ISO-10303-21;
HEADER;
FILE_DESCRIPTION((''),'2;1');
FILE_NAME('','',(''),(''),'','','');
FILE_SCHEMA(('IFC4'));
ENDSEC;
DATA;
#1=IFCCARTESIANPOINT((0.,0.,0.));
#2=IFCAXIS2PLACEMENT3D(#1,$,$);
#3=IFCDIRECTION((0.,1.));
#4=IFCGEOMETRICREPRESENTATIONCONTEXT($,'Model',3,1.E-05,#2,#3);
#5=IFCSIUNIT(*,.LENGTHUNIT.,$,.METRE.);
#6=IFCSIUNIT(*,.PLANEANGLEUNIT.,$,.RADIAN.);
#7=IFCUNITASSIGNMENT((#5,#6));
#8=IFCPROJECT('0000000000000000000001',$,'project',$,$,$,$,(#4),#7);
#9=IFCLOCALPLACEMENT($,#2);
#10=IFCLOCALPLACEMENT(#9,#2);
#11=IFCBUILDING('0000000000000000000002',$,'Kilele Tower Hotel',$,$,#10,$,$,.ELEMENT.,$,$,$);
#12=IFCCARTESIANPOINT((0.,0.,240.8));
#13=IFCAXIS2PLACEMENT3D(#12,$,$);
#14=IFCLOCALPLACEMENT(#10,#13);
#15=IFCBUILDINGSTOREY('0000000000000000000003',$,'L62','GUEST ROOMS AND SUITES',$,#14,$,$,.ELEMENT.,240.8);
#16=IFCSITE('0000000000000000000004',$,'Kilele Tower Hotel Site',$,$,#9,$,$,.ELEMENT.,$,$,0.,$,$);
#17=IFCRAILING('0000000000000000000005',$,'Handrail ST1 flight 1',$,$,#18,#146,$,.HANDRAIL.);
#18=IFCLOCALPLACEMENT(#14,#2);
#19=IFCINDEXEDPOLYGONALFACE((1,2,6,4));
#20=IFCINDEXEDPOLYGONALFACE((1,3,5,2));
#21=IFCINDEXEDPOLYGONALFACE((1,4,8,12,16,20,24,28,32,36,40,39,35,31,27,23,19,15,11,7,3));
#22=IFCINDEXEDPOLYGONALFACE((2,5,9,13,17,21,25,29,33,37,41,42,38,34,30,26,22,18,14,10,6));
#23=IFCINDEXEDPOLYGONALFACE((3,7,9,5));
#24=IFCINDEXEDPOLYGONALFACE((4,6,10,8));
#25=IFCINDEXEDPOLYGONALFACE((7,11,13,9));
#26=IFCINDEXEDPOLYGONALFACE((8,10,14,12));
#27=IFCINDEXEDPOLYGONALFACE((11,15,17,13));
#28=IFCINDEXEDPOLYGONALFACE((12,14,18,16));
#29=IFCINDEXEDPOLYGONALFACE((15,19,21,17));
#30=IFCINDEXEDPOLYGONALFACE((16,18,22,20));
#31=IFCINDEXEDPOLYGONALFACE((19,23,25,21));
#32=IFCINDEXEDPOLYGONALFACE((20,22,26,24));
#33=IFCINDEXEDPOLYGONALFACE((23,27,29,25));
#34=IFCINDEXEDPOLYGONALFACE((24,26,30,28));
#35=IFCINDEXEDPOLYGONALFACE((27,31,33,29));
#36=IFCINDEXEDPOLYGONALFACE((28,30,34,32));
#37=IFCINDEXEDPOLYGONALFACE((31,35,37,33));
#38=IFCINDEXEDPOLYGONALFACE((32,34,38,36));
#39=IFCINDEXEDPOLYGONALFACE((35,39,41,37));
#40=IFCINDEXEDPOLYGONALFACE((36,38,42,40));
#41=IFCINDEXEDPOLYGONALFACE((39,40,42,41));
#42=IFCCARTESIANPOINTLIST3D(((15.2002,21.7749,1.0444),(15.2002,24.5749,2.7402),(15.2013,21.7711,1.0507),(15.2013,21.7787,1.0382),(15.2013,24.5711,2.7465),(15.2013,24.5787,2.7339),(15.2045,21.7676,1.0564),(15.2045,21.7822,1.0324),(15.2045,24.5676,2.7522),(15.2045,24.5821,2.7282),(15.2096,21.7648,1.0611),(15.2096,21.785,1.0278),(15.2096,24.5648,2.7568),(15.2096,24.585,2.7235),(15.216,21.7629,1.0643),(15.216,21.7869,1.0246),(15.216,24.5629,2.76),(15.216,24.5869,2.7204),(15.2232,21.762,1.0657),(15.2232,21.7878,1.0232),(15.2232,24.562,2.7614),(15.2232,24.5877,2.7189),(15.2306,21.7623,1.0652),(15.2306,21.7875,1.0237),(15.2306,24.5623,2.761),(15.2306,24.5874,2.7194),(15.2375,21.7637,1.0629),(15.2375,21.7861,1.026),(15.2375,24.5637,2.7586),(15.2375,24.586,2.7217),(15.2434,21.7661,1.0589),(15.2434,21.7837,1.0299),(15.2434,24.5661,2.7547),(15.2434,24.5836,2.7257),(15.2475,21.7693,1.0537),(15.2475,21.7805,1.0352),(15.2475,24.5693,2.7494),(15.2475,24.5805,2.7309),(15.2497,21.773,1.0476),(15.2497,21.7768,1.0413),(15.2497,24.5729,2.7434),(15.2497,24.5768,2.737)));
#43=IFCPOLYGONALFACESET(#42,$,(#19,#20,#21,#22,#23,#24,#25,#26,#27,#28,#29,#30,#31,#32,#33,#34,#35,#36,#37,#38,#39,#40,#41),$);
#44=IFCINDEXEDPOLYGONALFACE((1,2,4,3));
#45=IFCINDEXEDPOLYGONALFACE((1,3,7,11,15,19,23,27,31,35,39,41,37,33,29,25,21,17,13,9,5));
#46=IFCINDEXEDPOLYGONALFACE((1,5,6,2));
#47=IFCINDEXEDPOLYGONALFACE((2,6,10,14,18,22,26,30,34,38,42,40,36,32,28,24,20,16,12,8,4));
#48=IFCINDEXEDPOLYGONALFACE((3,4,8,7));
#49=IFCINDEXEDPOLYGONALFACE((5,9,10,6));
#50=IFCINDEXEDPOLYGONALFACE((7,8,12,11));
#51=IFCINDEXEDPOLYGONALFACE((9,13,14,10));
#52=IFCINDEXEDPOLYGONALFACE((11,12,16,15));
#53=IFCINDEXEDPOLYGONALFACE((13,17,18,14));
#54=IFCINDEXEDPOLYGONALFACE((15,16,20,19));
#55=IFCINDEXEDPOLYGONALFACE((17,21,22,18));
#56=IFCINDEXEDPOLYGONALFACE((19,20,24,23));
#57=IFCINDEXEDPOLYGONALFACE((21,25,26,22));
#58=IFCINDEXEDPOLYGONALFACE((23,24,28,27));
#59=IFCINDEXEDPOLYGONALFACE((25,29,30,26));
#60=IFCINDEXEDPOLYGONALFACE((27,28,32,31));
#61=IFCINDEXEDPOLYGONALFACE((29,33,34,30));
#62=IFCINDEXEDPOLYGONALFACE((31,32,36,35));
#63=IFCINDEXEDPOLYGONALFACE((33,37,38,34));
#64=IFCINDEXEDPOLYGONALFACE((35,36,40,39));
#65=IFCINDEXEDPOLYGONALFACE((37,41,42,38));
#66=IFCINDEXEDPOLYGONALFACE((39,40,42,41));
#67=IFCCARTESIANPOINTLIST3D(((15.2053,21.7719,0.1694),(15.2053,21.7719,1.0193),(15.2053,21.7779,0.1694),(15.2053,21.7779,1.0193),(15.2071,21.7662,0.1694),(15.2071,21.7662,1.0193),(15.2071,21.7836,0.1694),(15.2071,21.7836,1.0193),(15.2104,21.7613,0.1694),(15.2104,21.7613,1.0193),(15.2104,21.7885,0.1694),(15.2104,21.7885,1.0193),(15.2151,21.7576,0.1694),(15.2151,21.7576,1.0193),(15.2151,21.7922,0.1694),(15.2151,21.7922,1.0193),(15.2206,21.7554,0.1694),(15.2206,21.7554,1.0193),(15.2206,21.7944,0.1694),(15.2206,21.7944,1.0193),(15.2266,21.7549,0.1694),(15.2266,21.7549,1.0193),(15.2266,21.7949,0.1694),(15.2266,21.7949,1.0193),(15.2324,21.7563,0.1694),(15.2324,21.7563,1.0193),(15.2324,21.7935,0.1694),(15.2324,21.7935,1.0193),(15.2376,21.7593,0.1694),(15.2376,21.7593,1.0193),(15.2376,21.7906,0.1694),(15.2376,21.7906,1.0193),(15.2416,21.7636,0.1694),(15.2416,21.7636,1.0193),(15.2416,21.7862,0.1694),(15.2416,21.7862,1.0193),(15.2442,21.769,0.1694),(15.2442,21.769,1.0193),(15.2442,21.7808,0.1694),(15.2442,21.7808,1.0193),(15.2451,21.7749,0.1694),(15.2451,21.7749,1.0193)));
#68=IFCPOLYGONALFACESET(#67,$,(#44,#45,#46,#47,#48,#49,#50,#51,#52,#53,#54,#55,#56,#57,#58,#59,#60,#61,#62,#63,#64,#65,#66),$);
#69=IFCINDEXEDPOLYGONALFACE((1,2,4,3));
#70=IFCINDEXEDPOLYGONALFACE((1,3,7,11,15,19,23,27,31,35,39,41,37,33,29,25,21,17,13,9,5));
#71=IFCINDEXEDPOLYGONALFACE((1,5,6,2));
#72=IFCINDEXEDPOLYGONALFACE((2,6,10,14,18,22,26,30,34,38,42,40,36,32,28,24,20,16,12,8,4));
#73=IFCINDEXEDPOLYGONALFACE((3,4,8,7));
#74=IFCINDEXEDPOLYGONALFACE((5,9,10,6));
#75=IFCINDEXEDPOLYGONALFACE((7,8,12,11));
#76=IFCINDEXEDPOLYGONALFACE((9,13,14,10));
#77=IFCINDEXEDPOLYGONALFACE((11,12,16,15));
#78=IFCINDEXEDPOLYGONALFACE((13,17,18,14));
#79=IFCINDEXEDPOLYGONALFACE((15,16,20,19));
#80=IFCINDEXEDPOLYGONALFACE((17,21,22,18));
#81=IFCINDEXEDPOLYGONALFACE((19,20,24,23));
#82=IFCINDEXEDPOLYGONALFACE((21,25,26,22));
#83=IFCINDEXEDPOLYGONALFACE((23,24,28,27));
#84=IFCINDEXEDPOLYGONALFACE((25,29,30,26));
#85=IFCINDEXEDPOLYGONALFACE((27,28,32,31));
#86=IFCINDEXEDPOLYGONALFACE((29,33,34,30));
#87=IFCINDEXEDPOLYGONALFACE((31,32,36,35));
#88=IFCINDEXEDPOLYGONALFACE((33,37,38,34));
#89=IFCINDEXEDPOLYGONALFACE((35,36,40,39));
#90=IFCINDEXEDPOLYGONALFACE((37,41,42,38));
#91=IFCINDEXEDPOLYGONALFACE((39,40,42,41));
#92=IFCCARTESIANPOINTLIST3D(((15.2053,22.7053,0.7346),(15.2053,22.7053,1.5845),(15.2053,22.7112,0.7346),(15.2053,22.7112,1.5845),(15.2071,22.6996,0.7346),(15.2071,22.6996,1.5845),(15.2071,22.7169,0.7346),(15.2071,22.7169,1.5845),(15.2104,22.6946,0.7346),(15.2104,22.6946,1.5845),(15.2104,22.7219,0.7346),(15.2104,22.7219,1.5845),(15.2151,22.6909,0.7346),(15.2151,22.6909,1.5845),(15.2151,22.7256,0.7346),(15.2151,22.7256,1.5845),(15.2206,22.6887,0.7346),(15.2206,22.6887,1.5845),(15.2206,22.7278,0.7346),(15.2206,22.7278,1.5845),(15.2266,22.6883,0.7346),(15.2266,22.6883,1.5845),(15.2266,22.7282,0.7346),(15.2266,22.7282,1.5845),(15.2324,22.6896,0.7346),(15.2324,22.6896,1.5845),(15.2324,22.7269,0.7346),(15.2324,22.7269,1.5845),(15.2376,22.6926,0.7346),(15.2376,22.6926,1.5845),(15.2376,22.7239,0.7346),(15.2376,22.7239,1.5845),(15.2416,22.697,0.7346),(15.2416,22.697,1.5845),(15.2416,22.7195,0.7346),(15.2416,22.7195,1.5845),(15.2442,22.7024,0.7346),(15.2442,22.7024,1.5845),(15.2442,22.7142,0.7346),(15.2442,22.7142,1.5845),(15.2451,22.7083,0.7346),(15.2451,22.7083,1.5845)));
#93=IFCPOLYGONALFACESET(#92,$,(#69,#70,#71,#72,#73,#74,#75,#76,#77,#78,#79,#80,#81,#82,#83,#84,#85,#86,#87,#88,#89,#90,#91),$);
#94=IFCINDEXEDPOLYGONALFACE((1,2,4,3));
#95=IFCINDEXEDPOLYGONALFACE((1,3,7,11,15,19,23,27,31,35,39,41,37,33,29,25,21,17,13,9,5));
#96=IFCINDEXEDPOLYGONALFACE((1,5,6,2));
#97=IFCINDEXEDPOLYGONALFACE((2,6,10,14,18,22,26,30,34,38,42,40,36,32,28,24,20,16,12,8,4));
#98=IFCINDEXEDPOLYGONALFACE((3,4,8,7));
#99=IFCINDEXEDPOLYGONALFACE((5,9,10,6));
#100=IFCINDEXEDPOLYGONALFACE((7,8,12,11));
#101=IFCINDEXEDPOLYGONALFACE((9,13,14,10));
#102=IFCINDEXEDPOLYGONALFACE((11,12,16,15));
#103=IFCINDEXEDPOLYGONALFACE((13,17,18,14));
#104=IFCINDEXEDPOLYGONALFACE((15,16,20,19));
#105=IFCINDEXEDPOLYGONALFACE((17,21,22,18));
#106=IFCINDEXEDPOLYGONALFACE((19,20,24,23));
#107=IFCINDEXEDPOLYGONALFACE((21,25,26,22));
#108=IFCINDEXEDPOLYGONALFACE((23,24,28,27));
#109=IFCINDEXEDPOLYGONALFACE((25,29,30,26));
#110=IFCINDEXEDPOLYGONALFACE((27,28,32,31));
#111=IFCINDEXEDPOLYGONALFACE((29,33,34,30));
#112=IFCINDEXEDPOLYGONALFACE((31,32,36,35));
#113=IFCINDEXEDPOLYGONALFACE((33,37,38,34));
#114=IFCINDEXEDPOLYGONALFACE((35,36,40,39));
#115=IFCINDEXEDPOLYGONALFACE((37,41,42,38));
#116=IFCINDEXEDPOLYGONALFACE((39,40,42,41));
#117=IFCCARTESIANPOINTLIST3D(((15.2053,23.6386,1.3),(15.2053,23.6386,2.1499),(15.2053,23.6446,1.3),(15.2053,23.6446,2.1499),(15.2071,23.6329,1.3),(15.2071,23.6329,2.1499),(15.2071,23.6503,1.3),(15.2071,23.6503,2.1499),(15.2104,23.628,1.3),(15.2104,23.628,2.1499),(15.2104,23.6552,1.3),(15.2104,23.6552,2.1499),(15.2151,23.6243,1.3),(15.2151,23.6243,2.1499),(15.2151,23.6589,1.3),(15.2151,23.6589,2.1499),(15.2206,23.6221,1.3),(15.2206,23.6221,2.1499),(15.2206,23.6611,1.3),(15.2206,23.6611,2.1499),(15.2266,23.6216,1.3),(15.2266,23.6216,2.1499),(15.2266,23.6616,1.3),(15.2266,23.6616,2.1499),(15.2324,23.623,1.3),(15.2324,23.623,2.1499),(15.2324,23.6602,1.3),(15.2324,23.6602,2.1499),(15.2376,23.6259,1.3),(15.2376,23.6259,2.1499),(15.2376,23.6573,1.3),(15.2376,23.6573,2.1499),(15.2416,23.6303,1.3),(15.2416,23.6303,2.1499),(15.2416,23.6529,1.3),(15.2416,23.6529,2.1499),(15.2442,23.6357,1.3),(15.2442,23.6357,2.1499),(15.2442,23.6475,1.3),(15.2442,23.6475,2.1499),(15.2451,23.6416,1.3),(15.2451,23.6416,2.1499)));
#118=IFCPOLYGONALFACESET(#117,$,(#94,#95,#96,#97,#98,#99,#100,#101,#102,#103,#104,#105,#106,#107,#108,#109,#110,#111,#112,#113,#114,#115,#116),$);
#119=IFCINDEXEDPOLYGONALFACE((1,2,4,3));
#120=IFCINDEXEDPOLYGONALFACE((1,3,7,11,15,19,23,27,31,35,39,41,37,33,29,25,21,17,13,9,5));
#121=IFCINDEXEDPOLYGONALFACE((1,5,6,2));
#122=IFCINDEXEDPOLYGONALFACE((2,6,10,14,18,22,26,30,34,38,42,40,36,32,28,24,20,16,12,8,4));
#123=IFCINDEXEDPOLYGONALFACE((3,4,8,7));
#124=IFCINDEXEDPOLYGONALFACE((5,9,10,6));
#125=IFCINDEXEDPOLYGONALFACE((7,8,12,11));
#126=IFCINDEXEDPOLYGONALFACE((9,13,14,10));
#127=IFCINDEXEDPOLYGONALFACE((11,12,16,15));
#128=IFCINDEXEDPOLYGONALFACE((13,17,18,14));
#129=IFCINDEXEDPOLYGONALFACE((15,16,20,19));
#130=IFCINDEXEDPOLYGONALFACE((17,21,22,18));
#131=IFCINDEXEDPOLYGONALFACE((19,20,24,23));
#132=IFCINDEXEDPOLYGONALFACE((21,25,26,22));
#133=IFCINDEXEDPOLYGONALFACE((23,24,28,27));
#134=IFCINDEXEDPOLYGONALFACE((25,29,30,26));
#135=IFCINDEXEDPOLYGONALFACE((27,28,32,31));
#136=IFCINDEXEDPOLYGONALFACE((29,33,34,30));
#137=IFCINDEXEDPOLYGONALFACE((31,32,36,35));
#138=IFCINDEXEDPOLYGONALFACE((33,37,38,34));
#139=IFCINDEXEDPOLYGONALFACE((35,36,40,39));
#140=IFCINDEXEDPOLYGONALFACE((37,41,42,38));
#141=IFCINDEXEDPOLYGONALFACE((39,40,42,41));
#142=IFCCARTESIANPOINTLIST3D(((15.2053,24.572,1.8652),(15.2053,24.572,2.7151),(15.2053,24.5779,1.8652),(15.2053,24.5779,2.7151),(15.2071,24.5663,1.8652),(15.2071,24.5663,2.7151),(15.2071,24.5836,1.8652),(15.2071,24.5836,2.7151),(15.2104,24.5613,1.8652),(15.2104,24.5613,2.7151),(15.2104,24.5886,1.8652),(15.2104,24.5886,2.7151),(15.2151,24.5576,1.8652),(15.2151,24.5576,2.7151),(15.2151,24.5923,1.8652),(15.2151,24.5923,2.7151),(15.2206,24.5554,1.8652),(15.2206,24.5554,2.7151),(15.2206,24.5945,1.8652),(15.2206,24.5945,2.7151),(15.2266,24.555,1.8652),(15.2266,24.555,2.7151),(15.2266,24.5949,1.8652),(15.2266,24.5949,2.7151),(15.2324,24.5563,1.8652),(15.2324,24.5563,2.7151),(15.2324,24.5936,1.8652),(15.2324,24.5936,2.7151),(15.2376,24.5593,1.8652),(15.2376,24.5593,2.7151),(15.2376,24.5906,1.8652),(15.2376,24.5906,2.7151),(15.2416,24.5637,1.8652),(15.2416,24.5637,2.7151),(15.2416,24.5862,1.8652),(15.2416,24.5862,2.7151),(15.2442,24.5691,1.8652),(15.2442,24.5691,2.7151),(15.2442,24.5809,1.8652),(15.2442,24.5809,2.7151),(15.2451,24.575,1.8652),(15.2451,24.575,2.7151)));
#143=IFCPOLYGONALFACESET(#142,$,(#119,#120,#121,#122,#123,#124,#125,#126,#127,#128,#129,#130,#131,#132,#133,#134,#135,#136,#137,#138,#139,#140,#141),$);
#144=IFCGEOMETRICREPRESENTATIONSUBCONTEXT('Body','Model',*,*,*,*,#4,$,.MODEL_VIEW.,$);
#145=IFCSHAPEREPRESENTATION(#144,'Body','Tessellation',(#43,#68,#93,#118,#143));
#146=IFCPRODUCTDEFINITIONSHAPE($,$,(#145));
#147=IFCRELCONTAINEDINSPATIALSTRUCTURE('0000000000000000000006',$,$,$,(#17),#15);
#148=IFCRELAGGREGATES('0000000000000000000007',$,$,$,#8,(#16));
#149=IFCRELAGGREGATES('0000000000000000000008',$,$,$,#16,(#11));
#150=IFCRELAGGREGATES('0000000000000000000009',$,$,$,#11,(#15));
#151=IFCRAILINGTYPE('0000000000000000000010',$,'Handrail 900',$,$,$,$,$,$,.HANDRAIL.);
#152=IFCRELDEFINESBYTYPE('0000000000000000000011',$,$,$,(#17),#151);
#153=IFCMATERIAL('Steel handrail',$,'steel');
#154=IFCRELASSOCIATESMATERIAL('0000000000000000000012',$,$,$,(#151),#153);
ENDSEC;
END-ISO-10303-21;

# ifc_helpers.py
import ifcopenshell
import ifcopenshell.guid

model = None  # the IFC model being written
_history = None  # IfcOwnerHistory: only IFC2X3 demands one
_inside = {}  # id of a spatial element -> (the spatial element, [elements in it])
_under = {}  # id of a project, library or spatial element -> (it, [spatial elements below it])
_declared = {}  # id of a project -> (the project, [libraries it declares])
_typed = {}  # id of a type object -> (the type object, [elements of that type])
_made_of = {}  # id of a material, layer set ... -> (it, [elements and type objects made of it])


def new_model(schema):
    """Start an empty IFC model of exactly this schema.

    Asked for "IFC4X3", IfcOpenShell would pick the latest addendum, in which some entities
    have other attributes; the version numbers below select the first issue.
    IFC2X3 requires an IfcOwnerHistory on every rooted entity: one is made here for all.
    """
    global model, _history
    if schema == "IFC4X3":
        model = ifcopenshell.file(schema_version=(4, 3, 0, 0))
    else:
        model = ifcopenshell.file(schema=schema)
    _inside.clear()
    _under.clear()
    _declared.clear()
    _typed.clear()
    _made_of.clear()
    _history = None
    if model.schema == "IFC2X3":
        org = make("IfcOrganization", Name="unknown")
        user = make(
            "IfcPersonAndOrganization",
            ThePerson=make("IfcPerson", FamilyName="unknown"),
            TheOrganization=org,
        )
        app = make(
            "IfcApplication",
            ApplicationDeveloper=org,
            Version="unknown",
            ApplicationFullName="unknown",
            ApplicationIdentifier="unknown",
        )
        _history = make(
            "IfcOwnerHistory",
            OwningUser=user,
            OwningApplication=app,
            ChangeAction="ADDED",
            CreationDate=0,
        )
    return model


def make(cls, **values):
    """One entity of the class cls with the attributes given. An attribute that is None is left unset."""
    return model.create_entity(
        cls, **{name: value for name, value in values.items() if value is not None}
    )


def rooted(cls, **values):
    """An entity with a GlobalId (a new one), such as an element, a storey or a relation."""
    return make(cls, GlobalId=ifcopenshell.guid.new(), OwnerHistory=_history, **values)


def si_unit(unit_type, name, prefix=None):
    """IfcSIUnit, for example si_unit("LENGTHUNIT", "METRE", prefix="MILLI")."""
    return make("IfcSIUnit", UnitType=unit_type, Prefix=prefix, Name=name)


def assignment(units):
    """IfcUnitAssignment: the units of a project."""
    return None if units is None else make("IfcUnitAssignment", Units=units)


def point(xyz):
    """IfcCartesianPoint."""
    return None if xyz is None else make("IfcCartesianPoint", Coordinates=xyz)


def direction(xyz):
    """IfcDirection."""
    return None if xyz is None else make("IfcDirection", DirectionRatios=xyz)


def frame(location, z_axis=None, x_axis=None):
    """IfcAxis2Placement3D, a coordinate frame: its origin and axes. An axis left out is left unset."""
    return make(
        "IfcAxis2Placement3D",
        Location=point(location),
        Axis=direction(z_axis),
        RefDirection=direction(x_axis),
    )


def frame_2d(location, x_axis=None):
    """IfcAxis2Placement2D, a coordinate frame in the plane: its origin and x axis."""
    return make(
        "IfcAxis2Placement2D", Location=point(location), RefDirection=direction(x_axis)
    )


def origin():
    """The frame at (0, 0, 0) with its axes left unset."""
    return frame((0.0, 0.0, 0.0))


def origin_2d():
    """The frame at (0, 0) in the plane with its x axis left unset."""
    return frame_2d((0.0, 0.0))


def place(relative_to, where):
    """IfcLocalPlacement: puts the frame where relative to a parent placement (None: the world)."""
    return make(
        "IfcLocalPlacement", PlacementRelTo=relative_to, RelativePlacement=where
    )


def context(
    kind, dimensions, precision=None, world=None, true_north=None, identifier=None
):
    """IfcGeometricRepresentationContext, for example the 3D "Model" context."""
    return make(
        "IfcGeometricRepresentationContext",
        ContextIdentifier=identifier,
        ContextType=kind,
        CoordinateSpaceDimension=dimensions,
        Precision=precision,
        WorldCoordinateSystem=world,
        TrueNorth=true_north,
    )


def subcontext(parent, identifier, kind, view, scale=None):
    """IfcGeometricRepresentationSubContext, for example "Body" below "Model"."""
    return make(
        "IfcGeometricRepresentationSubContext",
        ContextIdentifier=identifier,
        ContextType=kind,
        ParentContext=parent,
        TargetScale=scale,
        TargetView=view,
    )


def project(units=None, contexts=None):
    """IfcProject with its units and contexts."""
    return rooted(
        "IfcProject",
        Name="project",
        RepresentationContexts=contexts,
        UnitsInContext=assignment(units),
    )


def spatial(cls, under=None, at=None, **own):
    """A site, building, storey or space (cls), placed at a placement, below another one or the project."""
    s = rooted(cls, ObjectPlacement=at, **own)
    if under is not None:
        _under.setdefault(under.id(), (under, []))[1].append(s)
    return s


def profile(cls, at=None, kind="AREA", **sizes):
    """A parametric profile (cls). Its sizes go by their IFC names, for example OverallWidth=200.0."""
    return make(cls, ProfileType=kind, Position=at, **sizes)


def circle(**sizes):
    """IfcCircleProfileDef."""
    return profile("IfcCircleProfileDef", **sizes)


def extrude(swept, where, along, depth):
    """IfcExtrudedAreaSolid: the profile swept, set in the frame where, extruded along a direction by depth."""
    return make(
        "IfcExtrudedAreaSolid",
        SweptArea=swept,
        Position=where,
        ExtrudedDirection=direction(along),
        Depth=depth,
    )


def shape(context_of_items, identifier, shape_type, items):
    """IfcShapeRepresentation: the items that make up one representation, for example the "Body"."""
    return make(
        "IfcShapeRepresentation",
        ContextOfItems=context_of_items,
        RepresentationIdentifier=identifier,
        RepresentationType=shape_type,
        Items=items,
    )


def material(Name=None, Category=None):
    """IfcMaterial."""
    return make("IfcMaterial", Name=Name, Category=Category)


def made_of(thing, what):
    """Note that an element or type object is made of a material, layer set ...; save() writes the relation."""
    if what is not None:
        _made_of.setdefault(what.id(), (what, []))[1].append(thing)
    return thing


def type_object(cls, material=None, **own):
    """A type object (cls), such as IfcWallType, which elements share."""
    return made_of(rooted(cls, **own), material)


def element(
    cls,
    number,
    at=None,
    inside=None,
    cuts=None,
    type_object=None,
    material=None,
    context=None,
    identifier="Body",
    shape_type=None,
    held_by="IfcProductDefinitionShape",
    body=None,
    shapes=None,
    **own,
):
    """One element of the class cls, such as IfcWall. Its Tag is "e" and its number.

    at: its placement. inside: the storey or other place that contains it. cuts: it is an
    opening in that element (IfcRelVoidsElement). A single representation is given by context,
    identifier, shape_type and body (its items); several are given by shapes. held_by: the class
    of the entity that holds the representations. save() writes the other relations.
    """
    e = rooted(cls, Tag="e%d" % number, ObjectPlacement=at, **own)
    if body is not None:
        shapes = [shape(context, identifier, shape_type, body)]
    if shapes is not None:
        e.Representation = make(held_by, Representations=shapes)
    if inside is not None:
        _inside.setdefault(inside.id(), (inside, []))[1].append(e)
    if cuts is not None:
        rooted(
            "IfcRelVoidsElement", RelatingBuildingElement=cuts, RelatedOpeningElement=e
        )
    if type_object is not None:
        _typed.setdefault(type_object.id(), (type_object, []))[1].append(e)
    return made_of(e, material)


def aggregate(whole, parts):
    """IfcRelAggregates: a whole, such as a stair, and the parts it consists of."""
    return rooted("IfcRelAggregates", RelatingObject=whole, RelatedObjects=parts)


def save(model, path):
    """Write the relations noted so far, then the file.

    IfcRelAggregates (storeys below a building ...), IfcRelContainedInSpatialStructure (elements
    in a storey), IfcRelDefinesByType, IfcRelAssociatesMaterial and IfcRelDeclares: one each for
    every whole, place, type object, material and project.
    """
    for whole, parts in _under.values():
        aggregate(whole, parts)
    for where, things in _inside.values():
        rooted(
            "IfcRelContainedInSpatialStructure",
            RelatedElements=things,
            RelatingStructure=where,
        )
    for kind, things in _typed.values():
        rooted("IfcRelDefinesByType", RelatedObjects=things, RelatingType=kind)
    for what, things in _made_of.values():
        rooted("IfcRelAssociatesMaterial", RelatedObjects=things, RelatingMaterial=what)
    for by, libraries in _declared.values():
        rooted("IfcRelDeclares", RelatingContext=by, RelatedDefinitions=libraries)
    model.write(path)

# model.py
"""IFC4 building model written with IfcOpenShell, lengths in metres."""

from ifc_helpers import new_model, si_unit, direction, frame, origin, origin_2d, place, context, subcontext, project, spatial, circle, extrude, material, type_object, element, save


model = new_model("IFC4")

# Units and contexts
model_context = context("Model", 3, precision=1e-05, world=origin(), true_north=direction((0.0, 1.0)))
body_context = subcontext(model_context, "Body", "Model", "MODEL_VIEW")
ifc_project = project(units=[si_unit("LENGTHUNIT", "METRE"), si_unit("PLANEANGLEUNIT", "RADIAN")], contexts=[model_context])

# Site, building, storey
site_placement = place(None, origin())
site = spatial("IfcSite", under=ifc_project, at=site_placement, Name="Kilele Tower Hotel Site", CompositionType="ELEMENT", RefElevation=0.0)
building_placement = place(site_placement, origin())
building = spatial("IfcBuilding", under=site, at=building_placement, Name="Kilele Tower Hotel", CompositionType="ELEMENT")
storey_placement = place(building_placement, frame((0.0, 0.0, 240.8)))
storey = spatial("IfcBuildingStorey", under=building, at=storey_placement, Name="L62", Description="GUEST ROOMS AND SUITES", CompositionType="ELEMENT", Elevation=240.8)

# Railing
ifc_material_1 = material(Name="Steel handrail", Category="steel")
railing_type_1 = type_object("IfcRailingType", Name="Handrail 900", PredefinedType="HANDRAIL", material=ifc_material_1)
for number, where, name in (
    (1, (15.2251, 21.7749, 0.1694), "Handrail ST1 flight 1"),
):
    element("IfcRailing", number, at=place(storey_placement, frame(where)), inside=storey, type_object=railing_type_1, Name=name, PredefinedType="HANDRAIL", context=body_context, shape_type="SweptSolid", body=[
        extrude(circle(Radius=0.0249, at=origin_2d()), frame((0.0, 0.0, 0.875), z_axis=(0.0, 0.85536, 0.518034), x_axis=(-1.0, 0.0, 0.0)), (0.0, 0.0, 1.0), 3.2734),
        extrude(circle(Radius=0.02, at=origin_2d()), origin(), (0.0, 0.0, 1.0), 0.8499),
        extrude(circle(Radius=0.02, at=origin_2d()), frame((0.0, 0.9333, 0.5652)), (0.0, 0.0, 1.0), 0.8499),
        extrude(circle(Radius=0.02, at=origin_2d()), frame((0.0, 1.8667, 1.1306)), (0.0, 0.0, 1.0), 0.8499),
        extrude(circle(Radius=0.02, at=origin_2d()), frame((0.0, 2.8, 1.6958)), (0.0, 0.0, 1.0), 0.8499),
    ])

save(model, "model.ifc")
